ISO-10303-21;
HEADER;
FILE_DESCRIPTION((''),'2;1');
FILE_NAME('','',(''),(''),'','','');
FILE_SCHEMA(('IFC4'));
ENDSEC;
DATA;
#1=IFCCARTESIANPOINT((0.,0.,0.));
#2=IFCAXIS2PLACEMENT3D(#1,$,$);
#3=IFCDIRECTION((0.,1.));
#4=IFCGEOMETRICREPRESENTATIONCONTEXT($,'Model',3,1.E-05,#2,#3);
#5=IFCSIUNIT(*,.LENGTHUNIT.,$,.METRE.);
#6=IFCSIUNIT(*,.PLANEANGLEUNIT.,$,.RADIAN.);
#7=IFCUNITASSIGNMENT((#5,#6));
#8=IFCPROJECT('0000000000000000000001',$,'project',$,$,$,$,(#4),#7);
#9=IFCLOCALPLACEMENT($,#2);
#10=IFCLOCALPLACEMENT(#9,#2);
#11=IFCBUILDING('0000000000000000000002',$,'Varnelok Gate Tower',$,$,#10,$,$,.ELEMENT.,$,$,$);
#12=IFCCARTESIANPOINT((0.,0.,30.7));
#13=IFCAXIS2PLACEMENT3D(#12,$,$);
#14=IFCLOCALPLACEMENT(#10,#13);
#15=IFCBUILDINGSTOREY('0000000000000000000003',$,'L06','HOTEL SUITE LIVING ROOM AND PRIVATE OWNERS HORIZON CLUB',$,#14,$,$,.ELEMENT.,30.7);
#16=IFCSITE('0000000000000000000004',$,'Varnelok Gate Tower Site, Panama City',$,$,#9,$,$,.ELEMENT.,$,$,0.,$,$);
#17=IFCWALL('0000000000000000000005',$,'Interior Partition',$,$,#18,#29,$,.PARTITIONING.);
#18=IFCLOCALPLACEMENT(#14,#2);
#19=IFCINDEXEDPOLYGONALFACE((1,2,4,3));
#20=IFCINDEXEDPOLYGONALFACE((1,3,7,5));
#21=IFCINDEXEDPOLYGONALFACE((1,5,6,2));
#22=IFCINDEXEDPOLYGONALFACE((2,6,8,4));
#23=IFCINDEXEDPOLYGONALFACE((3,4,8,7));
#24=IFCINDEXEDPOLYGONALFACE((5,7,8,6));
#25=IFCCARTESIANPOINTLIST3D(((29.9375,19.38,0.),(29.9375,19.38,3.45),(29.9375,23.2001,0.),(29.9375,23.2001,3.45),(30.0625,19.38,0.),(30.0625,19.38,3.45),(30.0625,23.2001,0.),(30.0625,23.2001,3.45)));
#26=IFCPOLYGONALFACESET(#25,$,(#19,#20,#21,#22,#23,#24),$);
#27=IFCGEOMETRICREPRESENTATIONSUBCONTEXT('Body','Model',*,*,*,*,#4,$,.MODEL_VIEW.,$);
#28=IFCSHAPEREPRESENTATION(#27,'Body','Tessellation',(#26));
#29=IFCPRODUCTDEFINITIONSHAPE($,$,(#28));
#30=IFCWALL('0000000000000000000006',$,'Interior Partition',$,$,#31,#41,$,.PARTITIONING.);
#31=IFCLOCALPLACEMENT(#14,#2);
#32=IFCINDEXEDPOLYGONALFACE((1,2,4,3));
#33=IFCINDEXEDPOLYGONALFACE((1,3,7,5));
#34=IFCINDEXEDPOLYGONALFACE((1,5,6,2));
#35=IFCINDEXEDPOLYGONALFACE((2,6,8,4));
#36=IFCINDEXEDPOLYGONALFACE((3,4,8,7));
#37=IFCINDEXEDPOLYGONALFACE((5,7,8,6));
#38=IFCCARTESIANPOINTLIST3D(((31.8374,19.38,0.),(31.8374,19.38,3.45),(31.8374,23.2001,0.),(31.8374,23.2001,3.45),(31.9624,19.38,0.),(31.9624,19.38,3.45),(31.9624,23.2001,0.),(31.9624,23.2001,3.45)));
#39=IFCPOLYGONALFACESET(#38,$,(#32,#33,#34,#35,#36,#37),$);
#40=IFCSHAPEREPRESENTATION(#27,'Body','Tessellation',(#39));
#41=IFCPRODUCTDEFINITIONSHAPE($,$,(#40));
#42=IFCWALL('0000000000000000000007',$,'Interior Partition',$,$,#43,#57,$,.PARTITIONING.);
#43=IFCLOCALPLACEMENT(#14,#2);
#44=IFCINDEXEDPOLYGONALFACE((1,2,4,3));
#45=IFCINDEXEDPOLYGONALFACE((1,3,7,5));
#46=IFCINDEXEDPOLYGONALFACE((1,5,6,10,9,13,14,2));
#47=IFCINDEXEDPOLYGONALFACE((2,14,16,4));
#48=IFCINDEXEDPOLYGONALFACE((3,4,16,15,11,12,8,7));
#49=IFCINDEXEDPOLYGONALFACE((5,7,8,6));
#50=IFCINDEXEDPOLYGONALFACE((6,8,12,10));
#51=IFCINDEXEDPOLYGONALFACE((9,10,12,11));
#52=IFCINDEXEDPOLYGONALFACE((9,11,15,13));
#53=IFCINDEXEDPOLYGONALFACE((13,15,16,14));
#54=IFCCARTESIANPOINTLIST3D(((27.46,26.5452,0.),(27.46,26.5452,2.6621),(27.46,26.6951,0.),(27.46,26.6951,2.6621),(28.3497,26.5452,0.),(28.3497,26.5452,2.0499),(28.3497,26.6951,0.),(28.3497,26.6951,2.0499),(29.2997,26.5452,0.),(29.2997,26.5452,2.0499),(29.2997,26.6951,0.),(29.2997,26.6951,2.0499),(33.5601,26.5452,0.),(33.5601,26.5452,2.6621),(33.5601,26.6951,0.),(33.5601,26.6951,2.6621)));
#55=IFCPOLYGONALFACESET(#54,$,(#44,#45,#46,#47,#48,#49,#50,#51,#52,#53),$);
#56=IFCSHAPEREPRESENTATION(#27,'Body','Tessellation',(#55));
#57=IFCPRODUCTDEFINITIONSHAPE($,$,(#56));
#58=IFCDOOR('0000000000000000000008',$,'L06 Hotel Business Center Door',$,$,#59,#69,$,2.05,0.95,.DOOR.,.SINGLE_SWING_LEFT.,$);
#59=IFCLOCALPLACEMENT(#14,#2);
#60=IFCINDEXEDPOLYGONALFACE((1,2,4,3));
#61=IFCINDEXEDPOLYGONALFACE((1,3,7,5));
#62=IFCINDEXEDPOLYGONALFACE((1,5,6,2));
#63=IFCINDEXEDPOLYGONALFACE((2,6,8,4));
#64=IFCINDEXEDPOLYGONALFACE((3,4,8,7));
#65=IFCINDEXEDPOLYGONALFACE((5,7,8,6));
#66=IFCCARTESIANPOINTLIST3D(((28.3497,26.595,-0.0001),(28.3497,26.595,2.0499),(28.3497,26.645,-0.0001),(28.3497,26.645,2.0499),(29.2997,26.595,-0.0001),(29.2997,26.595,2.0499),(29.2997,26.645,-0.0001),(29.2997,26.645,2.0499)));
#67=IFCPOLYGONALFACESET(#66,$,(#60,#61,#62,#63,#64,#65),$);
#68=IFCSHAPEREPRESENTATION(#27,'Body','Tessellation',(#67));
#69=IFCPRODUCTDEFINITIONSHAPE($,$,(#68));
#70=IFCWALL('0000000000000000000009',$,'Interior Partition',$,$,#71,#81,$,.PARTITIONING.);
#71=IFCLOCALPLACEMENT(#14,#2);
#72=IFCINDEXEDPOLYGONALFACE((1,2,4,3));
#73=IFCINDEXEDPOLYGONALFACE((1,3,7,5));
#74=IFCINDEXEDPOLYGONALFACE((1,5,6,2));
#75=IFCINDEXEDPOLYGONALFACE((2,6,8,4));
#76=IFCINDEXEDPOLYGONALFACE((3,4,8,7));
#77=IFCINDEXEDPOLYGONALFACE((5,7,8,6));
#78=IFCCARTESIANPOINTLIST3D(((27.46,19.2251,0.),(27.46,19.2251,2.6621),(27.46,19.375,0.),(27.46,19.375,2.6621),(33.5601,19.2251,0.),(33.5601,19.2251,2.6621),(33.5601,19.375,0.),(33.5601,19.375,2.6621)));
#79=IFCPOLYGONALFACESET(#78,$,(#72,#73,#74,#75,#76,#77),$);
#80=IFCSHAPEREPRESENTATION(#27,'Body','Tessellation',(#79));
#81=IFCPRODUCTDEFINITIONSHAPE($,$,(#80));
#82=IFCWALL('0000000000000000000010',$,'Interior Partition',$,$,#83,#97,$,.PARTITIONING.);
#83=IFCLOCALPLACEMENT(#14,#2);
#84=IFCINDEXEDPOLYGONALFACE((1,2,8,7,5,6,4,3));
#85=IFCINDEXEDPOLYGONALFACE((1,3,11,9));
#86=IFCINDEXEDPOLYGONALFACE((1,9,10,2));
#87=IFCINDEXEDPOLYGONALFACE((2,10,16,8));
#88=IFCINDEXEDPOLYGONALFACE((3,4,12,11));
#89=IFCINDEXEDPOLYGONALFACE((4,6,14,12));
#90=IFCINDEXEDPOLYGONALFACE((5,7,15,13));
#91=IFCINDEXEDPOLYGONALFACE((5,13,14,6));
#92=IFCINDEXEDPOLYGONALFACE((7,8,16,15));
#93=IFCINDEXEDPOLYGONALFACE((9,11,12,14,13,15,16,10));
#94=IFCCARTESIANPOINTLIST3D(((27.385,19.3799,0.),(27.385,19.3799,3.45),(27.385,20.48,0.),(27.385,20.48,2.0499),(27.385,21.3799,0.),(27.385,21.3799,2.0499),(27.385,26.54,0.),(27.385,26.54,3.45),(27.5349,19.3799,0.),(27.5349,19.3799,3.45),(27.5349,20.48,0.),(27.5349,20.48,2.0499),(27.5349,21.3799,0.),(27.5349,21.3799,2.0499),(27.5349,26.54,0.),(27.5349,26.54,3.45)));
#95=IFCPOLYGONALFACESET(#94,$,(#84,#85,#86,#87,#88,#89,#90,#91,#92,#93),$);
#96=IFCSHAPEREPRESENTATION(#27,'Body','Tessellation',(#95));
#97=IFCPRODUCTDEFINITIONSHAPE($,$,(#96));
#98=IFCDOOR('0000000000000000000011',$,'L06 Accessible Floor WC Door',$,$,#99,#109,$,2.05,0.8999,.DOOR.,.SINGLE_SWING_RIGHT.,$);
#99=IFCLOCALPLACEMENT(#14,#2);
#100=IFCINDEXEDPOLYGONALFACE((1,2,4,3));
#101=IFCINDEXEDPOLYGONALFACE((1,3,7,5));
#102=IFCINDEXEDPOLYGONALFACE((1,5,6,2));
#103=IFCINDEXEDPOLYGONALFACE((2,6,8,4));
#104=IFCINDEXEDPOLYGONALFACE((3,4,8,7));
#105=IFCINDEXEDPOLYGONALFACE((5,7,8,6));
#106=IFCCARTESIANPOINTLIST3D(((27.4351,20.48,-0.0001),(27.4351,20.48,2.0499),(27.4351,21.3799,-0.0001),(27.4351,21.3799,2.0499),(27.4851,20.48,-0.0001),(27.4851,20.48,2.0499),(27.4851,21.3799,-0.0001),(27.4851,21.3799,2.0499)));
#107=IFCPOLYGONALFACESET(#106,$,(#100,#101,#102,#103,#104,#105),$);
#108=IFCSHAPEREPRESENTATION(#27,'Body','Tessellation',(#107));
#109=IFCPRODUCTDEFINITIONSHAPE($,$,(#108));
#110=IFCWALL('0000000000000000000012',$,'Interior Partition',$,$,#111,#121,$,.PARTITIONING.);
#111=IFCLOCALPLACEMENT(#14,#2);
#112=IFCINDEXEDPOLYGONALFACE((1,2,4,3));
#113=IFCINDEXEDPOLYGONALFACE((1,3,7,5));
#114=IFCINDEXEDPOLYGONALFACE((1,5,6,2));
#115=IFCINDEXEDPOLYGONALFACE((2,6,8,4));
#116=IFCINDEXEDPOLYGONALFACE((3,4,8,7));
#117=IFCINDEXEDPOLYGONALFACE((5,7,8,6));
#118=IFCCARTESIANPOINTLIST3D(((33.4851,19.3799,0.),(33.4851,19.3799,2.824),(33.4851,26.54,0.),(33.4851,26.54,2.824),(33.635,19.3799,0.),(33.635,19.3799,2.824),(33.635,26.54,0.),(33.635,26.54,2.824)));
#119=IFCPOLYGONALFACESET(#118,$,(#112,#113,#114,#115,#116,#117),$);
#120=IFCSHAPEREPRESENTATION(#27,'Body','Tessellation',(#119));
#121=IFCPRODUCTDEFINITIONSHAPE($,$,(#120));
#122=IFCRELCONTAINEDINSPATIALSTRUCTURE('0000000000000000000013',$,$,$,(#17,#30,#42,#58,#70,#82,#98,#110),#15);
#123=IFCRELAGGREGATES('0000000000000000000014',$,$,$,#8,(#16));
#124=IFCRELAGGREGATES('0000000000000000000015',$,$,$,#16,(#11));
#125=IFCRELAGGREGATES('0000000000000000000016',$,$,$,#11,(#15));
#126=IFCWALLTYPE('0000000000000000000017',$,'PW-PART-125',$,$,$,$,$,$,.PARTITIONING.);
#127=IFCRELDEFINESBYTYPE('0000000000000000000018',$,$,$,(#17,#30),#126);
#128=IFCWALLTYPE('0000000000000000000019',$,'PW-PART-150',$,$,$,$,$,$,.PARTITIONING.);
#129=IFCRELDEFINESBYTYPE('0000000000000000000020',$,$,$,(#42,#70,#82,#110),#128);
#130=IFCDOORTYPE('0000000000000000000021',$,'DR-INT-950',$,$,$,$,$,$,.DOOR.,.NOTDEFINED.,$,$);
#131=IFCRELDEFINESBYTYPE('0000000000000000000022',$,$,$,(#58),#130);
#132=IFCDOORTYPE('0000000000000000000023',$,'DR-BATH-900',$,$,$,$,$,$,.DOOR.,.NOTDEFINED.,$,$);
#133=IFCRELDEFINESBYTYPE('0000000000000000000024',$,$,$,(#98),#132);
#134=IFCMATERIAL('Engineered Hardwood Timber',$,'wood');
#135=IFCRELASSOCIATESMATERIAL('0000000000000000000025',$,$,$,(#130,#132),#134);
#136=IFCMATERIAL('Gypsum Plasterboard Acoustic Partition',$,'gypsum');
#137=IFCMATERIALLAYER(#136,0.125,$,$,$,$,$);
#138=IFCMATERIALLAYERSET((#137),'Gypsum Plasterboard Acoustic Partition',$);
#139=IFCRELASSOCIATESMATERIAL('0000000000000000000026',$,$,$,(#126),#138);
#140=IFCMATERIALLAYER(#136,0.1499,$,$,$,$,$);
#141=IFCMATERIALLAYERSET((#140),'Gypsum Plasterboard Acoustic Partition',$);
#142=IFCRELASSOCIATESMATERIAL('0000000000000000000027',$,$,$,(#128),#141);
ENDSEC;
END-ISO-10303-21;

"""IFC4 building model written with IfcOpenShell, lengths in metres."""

from ifc_helpers import new_model, si_unit, direction, frame, frame_2d, origin, place, context, subcontext, project, spatial, rectangle, extrude, material, layer, layer_set, type_object, element, fill, save


model = new_model("IFC4")

# Units and contexts
model_context = context("Model", 3, precision=1e-05, world=origin(), true_north=direction((0.0, 1.0)))
body_context = subcontext(model_context, "Body", "Model", "MODEL_VIEW")
ifc_project = project(units=[si_unit("LENGTHUNIT", "METRE"), si_unit("PLANEANGLEUNIT", "RADIAN")], contexts=[model_context])

# Site, building, storey
site_placement = place(None, origin())
site = spatial("IfcSite", under=ifc_project, at=site_placement, Name="Varnelok Gate Tower Site, Panama City", CompositionType="ELEMENT", RefElevation=0.0)
building_placement = place(site_placement, origin())
building = spatial("IfcBuilding", under=site, at=building_placement, Name="Varnelok Gate Tower", CompositionType="ELEMENT")
storey_placement = place(building_placement, frame((0.0, 0.0, 30.7)))
storey = spatial("IfcBuildingStorey", under=building, at=storey_placement, Name="L06", Description="HOTEL SUITE LIVING ROOM AND PRIVATE OWNERS HORIZON CLUB", CompositionType="ELEMENT", Elevation=30.7)

# Shared definitions
ifc_material_1 = material(Name="Gypsum Plasterboard Acoustic Partition", Category="gypsum")
ifc_material_2 = material(Name="Engineered Hardwood Timber", Category="wood")
door_type_1 = type_object("IfcDoorType", Name="DR-INT-950", OperationType="NOTDEFINED", PredefinedType="DOOR", material=ifc_material_2)

# Shared definitions
ifc_layer_1 = layer(ifc_material_1, 0.125)
ifc_layer_set_1 = layer_set([ifc_layer_1], Name="Gypsum Plasterboard Acoustic Partition")
wall_type_1 = type_object("IfcWallType", Name="PW-PART-125", PredefinedType="PARTITIONING", material=ifc_layer_set_1)

# Walls
for number, where, z_axis, x_axis, name in (
    (1, (30.0, 19.3799, 0.0), (0.0, 0.0, 1.0), (0.0, 1.0, 0.0), "Interior Partition"),
    (2, (31.8999, 19.3799, 0.0), (0.0, 0.0, 1.0), (0.0, 1.0, 0.0), "Interior Partition"),
):
    element("IfcWall", number, at=place(storey_placement, frame(where, z_axis=z_axis, x_axis=x_axis)), inside=storey, type_object=wall_type_1, Name=name, PredefinedType="PARTITIONING", context=body_context, shape_type="SweptSolid", body=[
        extrude(rectangle(XDim=3.8201, YDim=0.125, at=frame_2d((1.9102, 0.0))), origin(), (0.0, 0.0, 1.0), 3.45),
    ])

# Wall, opening, door
ifc_layer_2 = layer(ifc_material_1, 0.1499)
ifc_layer_set_2 = layer_set([ifc_layer_2], Name="Gypsum Plasterboard Acoustic Partition")
wall_type_2 = type_object("IfcWallType", Name="PW-PART-150", PredefinedType="PARTITIONING", material=ifc_layer_set_2)
wall_1_placement = place(storey_placement, frame((27.46, 26.6201, 0.0), z_axis=(0.0, 0.0, 1.0), x_axis=(1.0, 0.0, 0.0)))
wall_1 = element("IfcWall", 3, at=wall_1_placement, inside=storey, type_object=wall_type_2, Name="Interior Partition", PredefinedType="PARTITIONING", context=body_context, shape_type="SweptSolid", body=[
    extrude(rectangle(XDim=6.1001, YDim=0.1499, at=frame_2d((3.05, 0.0))), origin(), (0.0, 0.0, 1.0), 2.6621),
])
opening_1_placement = place(wall_1_placement, frame((0.8896, 0.0, 0.0)))
opening_1 = element("IfcOpeningElement", 4, at=opening_1_placement, cuts=wall_1, PredefinedType="OPENING", context=body_context, shape_type="SweptSolid", body=[
    extrude(rectangle(XDim=0.95, YDim=2.05, at=frame_2d((0.4751, 1.0249))), frame((0.0, 0.085, 0.0), z_axis=(0.0, -1.0, 0.0), x_axis=(1.0, 0.0, 0.0)), (0.0, 0.0, 1.0), 0.1699),
])
door_1_placement = place(opening_1_placement, origin())
door_1 = element("IfcDoor", 5, at=door_1_placement, inside=storey, type_object=door_type_1, Name="L06 Hotel Business Center Door", OperationType="SINGLE_SWING_LEFT", OverallHeight=2.05, OverallWidth=0.95, PredefinedType="DOOR", context=body_context, shape_type="SweptSolid", body=[
    extrude(rectangle(XDim=0.95, YDim=2.05, at=frame_2d((0.4751, 1.0249))), frame((0.0, 0.0249, 0.0), z_axis=(0.0, -1.0, 0.0), x_axis=(1.0, 0.0, 0.0)), (0.0, 0.0, 1.0), 0.05),
])
fill(opening_1, door_1)

# Wall
wall_2_placement = place(storey_placement, frame((27.46, 19.3, 0.0), z_axis=(0.0, 0.0, 1.0), x_axis=(1.0, 0.0, 0.0)))
element("IfcWall", 6, at=wall_2_placement, inside=storey, type_object=wall_type_2, Name="Interior Partition", PredefinedType="PARTITIONING", context=body_context, shape_type="SweptSolid", body=[
    extrude(rectangle(XDim=6.1001, YDim=0.1499, at=frame_2d((3.05, 0.0))), origin(), (0.0, 0.0, 1.0), 2.6621),
])

# Wall, opening, door
wall_3_placement = place(storey_placement, frame((27.46, 19.3799, 0.0), z_axis=(0.0, 0.0, 1.0), x_axis=(0.0, 1.0, 0.0)))
wall_3 = element("IfcWall", 7, at=wall_3_placement, inside=storey, type_object=wall_type_2, Name="Interior Partition", PredefinedType="PARTITIONING", context=body_context, shape_type="SweptSolid", body=[
    extrude(rectangle(XDim=7.1602, YDim=0.1499, at=frame_2d((3.5801, 0.0))), origin(), (0.0, 0.0, 1.0), 3.45),
])
opening_2_placement = place(wall_3_placement, frame((1.1001, 0.0, 0.0)))
opening_2 = element("IfcOpeningElement", 8, at=opening_2_placement, cuts=wall_3, PredefinedType="OPENING", context=body_context, shape_type="SweptSolid", body=[
    extrude(rectangle(XDim=0.8999, YDim=2.05, at=frame_2d((0.45, 1.0249))), frame((0.0, 0.085, 0.0), z_axis=(0.0, -1.0, 0.0), x_axis=(1.0, 0.0, 0.0)), (0.0, 0.0, 1.0), 0.1699),
])
door_type_2 = type_object("IfcDoorType", Name="DR-BATH-900", OperationType="NOTDEFINED", PredefinedType="DOOR", material=ifc_material_2)
door_2_placement = place(opening_2_placement, origin())
door_2 = element("IfcDoor", 9, at=door_2_placement, inside=storey, type_object=door_type_2, Name="L06 Accessible Floor WC Door", OperationType="SINGLE_SWING_RIGHT", OverallHeight=2.05, OverallWidth=0.8999, PredefinedType="DOOR", context=body_context, shape_type="SweptSolid", body=[
    extrude(rectangle(XDim=0.8999, YDim=2.05, at=frame_2d((0.45, 1.0249))), frame((0.0, 0.0249, 0.0), z_axis=(0.0, -1.0, 0.0), x_axis=(1.0, 0.0, 0.0)), (0.0, 0.0, 1.0), 0.05),
])
fill(opening_2, door_2)

# Wall
wall_4_placement = place(storey_placement, frame((33.5601, 19.3799, 0.0), z_axis=(0.0, 0.0, 1.0), x_axis=(0.0, 1.0, 0.0)))
element("IfcWall", 10, at=wall_4_placement, inside=storey, type_object=wall_type_2, Name="Interior Partition", PredefinedType="PARTITIONING", context=body_context, shape_type="SweptSolid", body=[
    extrude(rectangle(XDim=7.1602, YDim=0.1499, at=frame_2d((3.5801, 0.0))), origin(), (0.0, 0.0, 1.0), 2.824),
])

save(model, "model.ifc")
